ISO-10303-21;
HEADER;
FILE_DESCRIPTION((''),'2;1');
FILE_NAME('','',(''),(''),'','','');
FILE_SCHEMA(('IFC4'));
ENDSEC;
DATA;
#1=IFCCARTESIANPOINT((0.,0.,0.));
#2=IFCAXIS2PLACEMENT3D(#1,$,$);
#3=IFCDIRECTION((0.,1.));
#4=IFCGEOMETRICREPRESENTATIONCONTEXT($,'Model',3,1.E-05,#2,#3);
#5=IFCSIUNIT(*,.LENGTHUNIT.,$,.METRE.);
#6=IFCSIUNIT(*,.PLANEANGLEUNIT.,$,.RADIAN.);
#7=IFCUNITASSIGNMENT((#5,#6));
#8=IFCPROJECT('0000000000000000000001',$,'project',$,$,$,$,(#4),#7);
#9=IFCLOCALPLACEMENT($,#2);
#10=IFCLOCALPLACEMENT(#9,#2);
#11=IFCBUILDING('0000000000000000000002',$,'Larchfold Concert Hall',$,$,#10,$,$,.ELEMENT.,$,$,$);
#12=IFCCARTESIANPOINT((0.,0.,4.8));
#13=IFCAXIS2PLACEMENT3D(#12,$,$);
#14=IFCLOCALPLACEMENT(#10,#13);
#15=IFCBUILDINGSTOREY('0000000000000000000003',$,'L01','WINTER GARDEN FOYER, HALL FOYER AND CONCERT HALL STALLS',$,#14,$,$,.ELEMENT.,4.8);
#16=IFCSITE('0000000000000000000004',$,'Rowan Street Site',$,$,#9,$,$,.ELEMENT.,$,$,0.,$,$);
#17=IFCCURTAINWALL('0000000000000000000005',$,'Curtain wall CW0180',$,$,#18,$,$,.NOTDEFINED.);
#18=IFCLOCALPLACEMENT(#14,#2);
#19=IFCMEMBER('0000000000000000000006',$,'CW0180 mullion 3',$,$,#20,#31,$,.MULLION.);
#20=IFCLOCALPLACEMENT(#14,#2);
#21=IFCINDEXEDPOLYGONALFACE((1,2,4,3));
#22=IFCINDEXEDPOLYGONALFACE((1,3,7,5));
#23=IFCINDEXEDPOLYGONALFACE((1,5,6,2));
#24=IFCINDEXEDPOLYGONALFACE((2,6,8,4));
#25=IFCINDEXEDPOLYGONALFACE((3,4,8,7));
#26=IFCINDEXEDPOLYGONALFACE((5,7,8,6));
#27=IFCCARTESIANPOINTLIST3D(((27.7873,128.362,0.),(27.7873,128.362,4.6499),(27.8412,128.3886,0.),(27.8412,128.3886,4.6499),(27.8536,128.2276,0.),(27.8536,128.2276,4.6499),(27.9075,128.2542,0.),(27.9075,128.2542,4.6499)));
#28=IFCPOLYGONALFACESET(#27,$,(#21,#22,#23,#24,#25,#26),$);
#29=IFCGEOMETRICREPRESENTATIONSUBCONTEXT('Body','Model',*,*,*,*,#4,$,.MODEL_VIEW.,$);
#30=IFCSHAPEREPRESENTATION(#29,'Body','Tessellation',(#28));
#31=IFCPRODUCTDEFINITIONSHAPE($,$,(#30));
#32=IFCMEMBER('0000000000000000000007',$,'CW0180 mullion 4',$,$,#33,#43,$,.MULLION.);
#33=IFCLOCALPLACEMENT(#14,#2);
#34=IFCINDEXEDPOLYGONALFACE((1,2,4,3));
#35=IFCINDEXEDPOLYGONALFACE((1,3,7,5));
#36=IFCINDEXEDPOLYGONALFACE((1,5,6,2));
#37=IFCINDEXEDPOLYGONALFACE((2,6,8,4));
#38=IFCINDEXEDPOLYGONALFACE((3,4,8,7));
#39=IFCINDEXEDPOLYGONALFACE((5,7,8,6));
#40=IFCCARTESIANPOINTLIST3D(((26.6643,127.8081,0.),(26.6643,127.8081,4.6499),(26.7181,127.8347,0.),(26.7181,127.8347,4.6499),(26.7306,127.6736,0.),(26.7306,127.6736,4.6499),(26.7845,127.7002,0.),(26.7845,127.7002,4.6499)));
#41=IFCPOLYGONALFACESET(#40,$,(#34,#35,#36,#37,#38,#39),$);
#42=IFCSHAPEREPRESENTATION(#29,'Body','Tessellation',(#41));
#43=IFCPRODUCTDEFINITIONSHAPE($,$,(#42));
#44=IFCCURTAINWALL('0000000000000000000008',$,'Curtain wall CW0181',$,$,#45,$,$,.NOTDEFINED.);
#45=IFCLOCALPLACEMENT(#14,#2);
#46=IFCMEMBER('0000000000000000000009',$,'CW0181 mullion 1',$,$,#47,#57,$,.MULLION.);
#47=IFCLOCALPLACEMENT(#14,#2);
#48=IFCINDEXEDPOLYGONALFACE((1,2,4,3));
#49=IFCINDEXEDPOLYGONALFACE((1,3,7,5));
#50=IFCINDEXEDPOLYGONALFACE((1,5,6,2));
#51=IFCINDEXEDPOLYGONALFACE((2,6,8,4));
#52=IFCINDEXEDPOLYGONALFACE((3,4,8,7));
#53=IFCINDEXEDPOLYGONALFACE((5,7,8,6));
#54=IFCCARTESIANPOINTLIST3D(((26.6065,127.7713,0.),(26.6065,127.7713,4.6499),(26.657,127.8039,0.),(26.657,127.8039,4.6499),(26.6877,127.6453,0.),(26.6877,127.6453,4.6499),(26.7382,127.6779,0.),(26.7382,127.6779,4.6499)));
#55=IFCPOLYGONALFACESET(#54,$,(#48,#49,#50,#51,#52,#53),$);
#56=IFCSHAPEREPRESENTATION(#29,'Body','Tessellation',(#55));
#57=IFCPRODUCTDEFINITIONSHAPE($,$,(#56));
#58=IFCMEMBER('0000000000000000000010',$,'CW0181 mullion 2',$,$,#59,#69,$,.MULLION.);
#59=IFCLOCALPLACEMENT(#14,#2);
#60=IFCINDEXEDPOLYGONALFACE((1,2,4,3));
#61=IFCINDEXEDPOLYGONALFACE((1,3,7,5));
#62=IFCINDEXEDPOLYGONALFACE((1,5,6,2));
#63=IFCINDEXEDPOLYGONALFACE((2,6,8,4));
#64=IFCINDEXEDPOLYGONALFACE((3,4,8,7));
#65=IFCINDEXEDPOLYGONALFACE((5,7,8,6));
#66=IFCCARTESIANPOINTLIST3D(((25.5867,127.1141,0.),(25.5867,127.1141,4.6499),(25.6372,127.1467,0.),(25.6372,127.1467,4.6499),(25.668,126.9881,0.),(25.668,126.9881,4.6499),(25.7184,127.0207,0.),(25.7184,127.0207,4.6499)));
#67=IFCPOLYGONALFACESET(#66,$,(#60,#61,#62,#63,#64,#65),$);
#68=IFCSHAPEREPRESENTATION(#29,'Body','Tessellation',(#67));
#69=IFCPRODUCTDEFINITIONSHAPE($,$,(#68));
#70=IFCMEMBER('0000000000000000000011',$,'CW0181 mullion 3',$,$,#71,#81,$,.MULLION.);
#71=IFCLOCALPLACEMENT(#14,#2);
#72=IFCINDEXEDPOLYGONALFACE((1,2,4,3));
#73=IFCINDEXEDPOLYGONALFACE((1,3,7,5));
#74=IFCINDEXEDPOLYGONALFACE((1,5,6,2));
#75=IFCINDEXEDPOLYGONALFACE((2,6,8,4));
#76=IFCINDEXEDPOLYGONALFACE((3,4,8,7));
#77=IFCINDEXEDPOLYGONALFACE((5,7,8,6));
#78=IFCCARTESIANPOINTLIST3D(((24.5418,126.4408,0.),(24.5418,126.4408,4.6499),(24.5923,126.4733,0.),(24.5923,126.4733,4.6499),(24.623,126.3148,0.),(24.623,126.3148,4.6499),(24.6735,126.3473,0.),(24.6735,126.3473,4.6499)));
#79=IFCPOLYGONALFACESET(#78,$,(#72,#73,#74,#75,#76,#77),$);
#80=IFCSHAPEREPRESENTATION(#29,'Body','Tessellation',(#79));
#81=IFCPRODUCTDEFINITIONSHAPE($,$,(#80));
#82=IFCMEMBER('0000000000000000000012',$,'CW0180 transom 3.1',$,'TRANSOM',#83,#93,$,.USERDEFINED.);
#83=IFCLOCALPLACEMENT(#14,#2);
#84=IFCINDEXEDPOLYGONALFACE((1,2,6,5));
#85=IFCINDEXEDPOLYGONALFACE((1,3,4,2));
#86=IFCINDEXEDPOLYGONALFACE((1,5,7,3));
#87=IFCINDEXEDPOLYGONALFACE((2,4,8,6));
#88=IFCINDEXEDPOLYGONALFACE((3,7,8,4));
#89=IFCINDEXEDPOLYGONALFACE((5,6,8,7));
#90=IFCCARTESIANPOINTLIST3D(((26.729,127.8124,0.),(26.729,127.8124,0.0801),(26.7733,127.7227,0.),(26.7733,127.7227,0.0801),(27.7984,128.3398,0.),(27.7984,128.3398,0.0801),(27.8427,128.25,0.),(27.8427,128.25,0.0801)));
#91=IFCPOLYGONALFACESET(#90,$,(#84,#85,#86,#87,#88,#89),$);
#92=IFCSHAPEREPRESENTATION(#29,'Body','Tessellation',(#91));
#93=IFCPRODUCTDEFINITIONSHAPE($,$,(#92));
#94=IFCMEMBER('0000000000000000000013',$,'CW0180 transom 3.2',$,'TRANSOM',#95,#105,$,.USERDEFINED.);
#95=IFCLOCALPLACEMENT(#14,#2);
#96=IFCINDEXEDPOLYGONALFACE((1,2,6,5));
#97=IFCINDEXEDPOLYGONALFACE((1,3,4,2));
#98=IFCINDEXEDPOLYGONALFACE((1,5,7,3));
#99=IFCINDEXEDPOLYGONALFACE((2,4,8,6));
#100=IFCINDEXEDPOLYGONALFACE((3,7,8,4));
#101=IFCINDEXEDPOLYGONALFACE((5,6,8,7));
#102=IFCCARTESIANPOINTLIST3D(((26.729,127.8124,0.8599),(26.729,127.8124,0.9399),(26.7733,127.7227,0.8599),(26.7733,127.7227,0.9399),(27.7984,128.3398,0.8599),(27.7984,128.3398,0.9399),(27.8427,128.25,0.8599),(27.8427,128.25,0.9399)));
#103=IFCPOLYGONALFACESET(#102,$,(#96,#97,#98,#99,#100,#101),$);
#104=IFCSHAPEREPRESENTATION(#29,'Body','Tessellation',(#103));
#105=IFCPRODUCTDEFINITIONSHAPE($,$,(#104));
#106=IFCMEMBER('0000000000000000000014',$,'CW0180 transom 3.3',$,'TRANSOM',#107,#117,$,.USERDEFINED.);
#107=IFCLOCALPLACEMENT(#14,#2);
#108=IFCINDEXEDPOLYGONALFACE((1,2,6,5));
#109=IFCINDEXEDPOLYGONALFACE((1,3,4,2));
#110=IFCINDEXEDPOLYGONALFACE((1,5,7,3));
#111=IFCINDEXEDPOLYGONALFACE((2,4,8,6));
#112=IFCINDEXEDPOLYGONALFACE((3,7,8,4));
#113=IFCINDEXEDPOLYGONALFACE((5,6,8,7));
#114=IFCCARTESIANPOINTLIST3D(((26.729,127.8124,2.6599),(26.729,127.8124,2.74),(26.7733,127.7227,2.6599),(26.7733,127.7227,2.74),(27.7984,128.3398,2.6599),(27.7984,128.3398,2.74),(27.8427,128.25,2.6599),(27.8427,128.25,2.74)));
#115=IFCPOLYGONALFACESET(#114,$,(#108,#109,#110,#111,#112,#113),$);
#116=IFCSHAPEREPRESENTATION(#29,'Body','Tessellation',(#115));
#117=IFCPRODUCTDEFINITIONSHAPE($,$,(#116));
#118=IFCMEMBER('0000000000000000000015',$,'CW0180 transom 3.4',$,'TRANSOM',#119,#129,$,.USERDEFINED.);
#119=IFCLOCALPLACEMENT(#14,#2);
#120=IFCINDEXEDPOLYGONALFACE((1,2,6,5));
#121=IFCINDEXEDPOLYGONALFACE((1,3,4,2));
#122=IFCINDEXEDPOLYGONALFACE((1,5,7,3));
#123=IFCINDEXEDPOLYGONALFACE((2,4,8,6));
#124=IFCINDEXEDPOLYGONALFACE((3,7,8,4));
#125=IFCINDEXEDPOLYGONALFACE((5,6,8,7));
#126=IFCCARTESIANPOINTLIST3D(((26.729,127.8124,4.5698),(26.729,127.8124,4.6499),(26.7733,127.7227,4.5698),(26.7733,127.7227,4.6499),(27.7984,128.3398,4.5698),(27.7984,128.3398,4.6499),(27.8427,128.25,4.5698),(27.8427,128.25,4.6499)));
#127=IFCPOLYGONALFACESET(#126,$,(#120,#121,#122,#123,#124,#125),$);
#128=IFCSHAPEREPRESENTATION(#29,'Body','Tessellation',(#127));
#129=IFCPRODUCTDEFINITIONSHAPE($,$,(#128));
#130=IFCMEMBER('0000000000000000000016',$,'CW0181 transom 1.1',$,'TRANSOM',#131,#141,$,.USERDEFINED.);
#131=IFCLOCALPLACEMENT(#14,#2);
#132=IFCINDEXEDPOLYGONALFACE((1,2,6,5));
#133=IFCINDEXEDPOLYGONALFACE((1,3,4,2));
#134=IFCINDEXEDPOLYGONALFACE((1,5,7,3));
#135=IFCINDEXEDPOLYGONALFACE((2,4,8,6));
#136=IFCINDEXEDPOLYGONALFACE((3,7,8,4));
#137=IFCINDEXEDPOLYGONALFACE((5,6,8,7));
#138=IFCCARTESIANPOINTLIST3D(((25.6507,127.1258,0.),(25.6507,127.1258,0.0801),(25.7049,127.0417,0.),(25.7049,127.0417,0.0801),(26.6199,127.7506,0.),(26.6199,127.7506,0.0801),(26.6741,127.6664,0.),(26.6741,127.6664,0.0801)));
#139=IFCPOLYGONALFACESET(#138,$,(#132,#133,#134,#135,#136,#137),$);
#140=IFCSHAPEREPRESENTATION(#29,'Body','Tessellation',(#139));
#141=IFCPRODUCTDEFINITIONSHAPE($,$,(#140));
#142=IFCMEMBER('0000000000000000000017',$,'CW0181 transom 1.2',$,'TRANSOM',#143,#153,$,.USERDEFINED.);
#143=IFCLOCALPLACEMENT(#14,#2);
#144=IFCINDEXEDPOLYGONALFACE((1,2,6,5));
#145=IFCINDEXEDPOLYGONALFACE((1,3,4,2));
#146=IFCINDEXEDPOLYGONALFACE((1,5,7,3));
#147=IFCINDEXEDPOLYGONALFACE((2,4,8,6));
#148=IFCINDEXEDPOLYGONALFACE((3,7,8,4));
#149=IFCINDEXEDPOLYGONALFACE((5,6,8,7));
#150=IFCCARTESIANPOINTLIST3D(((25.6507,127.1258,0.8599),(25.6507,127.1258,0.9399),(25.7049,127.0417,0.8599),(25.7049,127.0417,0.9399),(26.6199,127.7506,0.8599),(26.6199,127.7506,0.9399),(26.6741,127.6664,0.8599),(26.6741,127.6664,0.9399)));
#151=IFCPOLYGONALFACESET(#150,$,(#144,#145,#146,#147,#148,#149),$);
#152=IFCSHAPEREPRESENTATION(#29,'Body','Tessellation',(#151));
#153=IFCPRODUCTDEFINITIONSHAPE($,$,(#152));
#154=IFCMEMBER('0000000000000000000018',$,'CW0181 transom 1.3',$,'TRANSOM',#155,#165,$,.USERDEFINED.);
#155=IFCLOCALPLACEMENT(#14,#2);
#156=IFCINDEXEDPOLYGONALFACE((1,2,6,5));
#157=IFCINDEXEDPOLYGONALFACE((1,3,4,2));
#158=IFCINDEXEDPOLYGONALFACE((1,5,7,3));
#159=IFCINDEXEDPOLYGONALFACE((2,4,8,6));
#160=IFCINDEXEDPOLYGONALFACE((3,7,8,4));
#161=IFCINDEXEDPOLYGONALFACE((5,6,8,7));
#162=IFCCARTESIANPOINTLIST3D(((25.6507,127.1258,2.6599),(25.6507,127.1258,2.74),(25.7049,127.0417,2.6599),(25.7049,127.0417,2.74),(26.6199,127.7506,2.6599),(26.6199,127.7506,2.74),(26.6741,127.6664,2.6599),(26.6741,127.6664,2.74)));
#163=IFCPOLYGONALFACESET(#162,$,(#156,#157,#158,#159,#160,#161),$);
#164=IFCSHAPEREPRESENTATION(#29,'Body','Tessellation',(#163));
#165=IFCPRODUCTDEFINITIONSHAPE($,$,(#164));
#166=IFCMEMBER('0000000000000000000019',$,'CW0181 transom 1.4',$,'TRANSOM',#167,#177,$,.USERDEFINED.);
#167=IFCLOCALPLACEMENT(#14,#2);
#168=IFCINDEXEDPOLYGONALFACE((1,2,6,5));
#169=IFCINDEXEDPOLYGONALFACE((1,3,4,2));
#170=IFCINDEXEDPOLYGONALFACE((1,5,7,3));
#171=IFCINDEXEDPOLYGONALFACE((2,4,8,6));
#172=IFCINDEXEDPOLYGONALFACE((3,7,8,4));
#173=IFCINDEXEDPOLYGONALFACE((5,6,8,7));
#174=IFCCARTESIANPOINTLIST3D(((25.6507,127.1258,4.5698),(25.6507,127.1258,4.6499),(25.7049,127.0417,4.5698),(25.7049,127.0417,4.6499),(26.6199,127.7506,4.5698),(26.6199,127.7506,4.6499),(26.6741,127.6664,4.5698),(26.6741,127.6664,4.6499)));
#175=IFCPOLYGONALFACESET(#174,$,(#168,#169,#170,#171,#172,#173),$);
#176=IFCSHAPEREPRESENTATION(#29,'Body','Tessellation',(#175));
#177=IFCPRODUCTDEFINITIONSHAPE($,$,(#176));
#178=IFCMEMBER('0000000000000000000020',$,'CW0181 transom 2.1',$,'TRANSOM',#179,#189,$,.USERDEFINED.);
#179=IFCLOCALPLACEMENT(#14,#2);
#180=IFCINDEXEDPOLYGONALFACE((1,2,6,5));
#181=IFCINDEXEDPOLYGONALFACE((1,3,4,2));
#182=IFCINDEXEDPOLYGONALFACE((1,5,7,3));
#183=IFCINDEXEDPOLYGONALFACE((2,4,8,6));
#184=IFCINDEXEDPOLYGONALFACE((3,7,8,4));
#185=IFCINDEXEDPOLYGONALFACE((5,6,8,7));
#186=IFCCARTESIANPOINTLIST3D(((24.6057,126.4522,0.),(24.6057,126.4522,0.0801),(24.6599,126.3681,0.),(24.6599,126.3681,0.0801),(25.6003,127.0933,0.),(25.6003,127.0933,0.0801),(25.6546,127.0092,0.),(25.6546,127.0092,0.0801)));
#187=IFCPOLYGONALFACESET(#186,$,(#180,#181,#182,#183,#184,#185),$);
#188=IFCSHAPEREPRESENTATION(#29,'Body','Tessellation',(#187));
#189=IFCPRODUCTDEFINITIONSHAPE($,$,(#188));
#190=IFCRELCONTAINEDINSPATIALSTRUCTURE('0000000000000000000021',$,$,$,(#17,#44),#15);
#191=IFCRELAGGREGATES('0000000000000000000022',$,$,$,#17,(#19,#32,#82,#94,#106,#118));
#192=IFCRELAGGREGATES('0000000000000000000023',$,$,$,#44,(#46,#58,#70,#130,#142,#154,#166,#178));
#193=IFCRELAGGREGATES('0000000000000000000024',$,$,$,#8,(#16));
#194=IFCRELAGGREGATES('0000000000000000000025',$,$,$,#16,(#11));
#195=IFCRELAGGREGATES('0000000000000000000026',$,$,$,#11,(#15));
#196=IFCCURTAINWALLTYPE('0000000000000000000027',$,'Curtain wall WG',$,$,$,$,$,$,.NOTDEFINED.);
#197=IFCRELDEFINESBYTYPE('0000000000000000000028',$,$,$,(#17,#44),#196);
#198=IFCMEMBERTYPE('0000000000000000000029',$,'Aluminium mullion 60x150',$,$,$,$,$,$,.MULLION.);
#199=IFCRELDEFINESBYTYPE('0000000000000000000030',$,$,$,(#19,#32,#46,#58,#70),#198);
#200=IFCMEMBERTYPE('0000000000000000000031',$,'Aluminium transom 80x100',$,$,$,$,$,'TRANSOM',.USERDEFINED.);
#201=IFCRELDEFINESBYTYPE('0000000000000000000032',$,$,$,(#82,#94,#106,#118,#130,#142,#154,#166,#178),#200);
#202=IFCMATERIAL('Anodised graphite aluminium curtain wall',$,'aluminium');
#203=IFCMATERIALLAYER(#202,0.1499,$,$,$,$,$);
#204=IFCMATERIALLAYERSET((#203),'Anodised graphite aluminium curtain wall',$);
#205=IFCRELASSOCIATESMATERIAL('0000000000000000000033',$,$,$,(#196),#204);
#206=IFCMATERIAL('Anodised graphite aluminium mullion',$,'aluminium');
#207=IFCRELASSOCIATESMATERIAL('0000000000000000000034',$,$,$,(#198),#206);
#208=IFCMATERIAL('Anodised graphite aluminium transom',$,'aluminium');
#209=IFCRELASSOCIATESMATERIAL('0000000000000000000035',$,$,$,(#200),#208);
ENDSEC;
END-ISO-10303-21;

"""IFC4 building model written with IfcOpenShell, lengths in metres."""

from ifc_helpers import new_model, si_unit, direction, frame, origin, origin_2d, place, context, subcontext, project, spatial, rectangle, extrude, material, layer, layer_set, material_profile, profile_set, type_object, element, aggregate, save


model = new_model("IFC4")

# Units and contexts
model_context = context("Model", 3, precision=1e-05, world=origin(), true_north=direction((0.0, 1.0)))
body_context = subcontext(model_context, "Body", "Model", "MODEL_VIEW")
ifc_project = project(units=[si_unit("LENGTHUNIT", "METRE"), si_unit("PLANEANGLEUNIT", "RADIAN")], contexts=[model_context])

# Site, building, storey
site_placement = place(None, origin())
site = spatial("IfcSite", under=ifc_project, at=site_placement, Name="Rowan Street Site", CompositionType="ELEMENT", RefElevation=0.0)
building_placement = place(site_placement, origin())
building = spatial("IfcBuilding", under=site, at=building_placement, Name="Larchfold Concert Hall", CompositionType="ELEMENT")
storey_placement = place(building_placement, frame((0.0, 0.0, 4.8)))
storey = spatial("IfcBuildingStorey", under=building, at=storey_placement, Name="L01", Description="WINTER GARDEN FOYER, HALL FOYER AND CONCERT HALL STALLS", CompositionType="ELEMENT", Elevation=4.8)

# Curtain walls, members
ifc_material_1 = material(Name="Anodised graphite aluminium curtain wall", Category="aluminium")
ifc_layer_1 = layer(ifc_material_1, 0.1499)
ifc_layer_set_1 = layer_set([ifc_layer_1], Name="Anodised graphite aluminium curtain wall")
curtain_wall_type = type_object("IfcCurtainWallType", Name="Curtain wall WG", PredefinedType="NOTDEFINED", material=ifc_layer_set_1)
curtain_wall_1_placement = place(storey_placement, origin())
curtain_wall_1 = element("IfcCurtainWall", 1, at=curtain_wall_1_placement, inside=storey, type_object=curtain_wall_type, Name="Curtain wall CW0180", PredefinedType="NOTDEFINED")
ifc_material_2 = material(Name="Anodised graphite aluminium mullion", Category="aluminium")
ifc_material_profile_1 = material_profile(ifc_material_2, rectangle(XDim=0.1499, YDim=0.0601, at=origin_2d()))
ifc_profile_set_1 = profile_set([ifc_material_profile_1], Name="Anodised graphite aluminium mullion")
member_type_1 = type_object("IfcMemberType", Name="Aluminium mullion 60x150", PredefinedType="MULLION", material=ifc_profile_set_1)
member_1_placement = place(storey_placement, frame((27.8474, 128.3081, 0.0), z_axis=(0.0, 0.0, 1.0), x_axis=(0.442383, -0.896826, 0.0)))
member_1 = element("IfcMember", 2, at=member_1_placement, type_object=member_type_1, Name="CW0180 mullion 3", PredefinedType="MULLION", context=body_context, shape_type="SweptSolid", body=[
    extrude(rectangle(XDim=0.1499, YDim=0.0601, at=origin_2d()), origin(), (0.0, 0.0, 1.0), 4.6499),
])
member_2_placement = place(storey_placement, frame((26.7244, 127.7542, 0.0), z_axis=(0.0, 0.0, 1.0), x_axis=(0.442383, -0.896826, 0.0)))
member_2 = element("IfcMember", 3, at=member_2_placement, type_object=member_type_1, Name="CW0180 mullion 4", PredefinedType="MULLION", context=body_context, shape_type="SweptSolid", body=[
    extrude(rectangle(XDim=0.1499, YDim=0.0601, at=origin_2d()), origin(), (0.0, 0.0, 1.0), 4.6499),
])
curtain_wall_2_placement = place(storey_placement, origin())
curtain_wall_2 = element("IfcCurtainWall", 4, at=curtain_wall_2_placement, inside=storey, type_object=curtain_wall_type, Name="Curtain wall CW0181", PredefinedType="NOTDEFINED")
member_3_placement = place(storey_placement, frame((26.6724, 127.7246, 0.0), z_axis=(0.0, 0.0, 1.0), x_axis=(0.541763, -0.840531, 0.0)))
member_3 = element("IfcMember", 5, at=member_3_placement, type_object=member_type_1, Name="CW0181 mullion 1", PredefinedType="MULLION", context=body_context, shape_type="SweptSolid", body=[
    extrude(rectangle(XDim=0.1499, YDim=0.0601, at=origin_2d()), origin(), (0.0, 0.0, 1.0), 4.6499),
])
member_4_placement = place(storey_placement, frame((25.6526, 127.0674, 0.0), z_axis=(0.0, 0.0, 1.0), x_axis=(0.541763, -0.840531, 0.0)))
member_4 = element("IfcMember", 6, at=member_4_placement, type_object=member_type_1, Name="CW0181 mullion 2", PredefinedType="MULLION", context=body_context, shape_type="SweptSolid", body=[
    extrude(rectangle(XDim=0.1499, YDim=0.0601, at=origin_2d()), origin(), (0.0, 0.0, 1.0), 4.6499),
])
member_5_placement = place(storey_placement, frame((24.6077, 126.394, 0.0), z_axis=(0.0, 0.0, 1.0), x_axis=(0.541763, -0.840531, 0.0)))
member_5 = element("IfcMember", 7, at=member_5_placement, type_object=member_type_1, Name="CW0181 mullion 3", PredefinedType="MULLION", context=body_context, shape_type="SweptSolid", body=[
    extrude(rectangle(XDim=0.1499, YDim=0.0601, at=origin_2d()), origin(), (0.0, 0.0, 1.0), 4.6499),
])

# Members
ifc_material_3 = material(Name="Anodised graphite aluminium transom", Category="aluminium")
ifc_material_profile_2 = material_profile(ifc_material_3, rectangle(XDim=0.1001, YDim=0.0801, at=origin_2d()))
ifc_profile_set_2 = profile_set([ifc_material_profile_2], Name="Anodised graphite aluminium transom")
member_type_2 = type_object("IfcMemberType", Name="Aluminium transom 80x100", ElementType="TRANSOM", PredefinedType="USERDEFINED", material=ifc_profile_set_2)
member_6_placement = place(storey_placement, frame((27.8206, 128.2949, 0.04), z_axis=(-0.896871, -0.442292, 0.0), x_axis=(0.442292, -0.896871, 0.0)))
member_6 = element("IfcMember", 8, at=member_6_placement, type_object=member_type_2, Name="CW0180 transom 3.1", ObjectType="TRANSOM", PredefinedType="USERDEFINED", context=body_context, shape_type="SweptSolid", body=[
    extrude(rectangle(XDim=0.1001, YDim=0.0801, at=origin_2d()), origin(), (0.0, 0.0, 1.0), 1.1924),
])
member_7_placement = place(storey_placement, frame((27.8206, 128.2949, 0.8999), z_axis=(-0.896871, -0.442292, 0.0), x_axis=(0.442292, -0.896871, 0.0)))
member_7 = element("IfcMember", 9, at=member_7_placement, type_object=member_type_2, Name="CW0180 transom 3.2", ObjectType="TRANSOM", PredefinedType="USERDEFINED", context=body_context, shape_type="SweptSolid", body=[
    extrude(rectangle(XDim=0.1001, YDim=0.0801, at=origin_2d()), origin(), (0.0, 0.0, 1.0), 1.1924),
])
member_8_placement = place(storey_placement, frame((27.8206, 128.2949, 2.7), z_axis=(-0.896871, -0.442292, 0.0), x_axis=(0.442292, -0.896871, 0.0)))
member_8 = element("IfcMember", 10, at=member_8_placement, type_object=member_type_2, Name="CW0180 transom 3.3", ObjectType="TRANSOM", PredefinedType="USERDEFINED", context=body_context, shape_type="SweptSolid", body=[
    extrude(rectangle(XDim=0.1001, YDim=0.0801, at=origin_2d()), origin(), (0.0, 0.0, 1.0), 1.1924),
])
member_9_placement = place(storey_placement, frame((27.8206, 128.2949, 4.6099), z_axis=(-0.896871, -0.442292, 0.0), x_axis=(0.442292, -0.896871, 0.0)))
member_9 = element("IfcMember", 11, at=member_9_placement, type_object=member_type_2, Name="CW0180 transom 3.4", ObjectType="TRANSOM", PredefinedType="USERDEFINED", context=body_context, shape_type="SweptSolid", body=[
    extrude(rectangle(XDim=0.1001, YDim=0.0801, at=origin_2d()), origin(), (0.0, 0.0, 1.0), 1.1924),
])
member_10_placement = place(storey_placement, frame((26.647, 127.7085, 0.04), z_axis=(-0.840517, -0.541784, 0.0), x_axis=(0.541784, -0.840517, 0.0)))
member_10 = element("IfcMember", 12, at=member_10_placement, type_object=member_type_2, Name="CW0181 transom 1.1", ObjectType="TRANSOM", PredefinedType="USERDEFINED", context=body_context, shape_type="SweptSolid", body=[
    extrude(rectangle(XDim=0.1001, YDim=0.0801, at=origin_2d()), origin(), (0.0, 0.0, 1.0), 1.1531),
])
member_11_placement = place(storey_placement, frame((26.647, 127.7085, 0.8999), z_axis=(-0.840517, -0.541784, 0.0), x_axis=(0.541784, -0.840517, 0.0)))
member_11 = element("IfcMember", 13, at=member_11_placement, type_object=member_type_2, Name="CW0181 transom 1.2", ObjectType="TRANSOM", PredefinedType="USERDEFINED", context=body_context, shape_type="SweptSolid", body=[
    extrude(rectangle(XDim=0.1001, YDim=0.0801, at=origin_2d()), origin(), (0.0, 0.0, 1.0), 1.1531),
])
member_12_placement = place(storey_placement, frame((26.647, 127.7085, 2.7), z_axis=(-0.840517, -0.541784, 0.0), x_axis=(0.541784, -0.840517, 0.0)))
member_12 = element("IfcMember", 14, at=member_12_placement, type_object=member_type_2, Name="CW0181 transom 1.3", ObjectType="TRANSOM", PredefinedType="USERDEFINED", context=body_context, shape_type="SweptSolid", body=[
    extrude(rectangle(XDim=0.1001, YDim=0.0801, at=origin_2d()), origin(), (0.0, 0.0, 1.0), 1.1531),
])
member_13_placement = place(storey_placement, frame((26.647, 127.7085, 4.6099), z_axis=(-0.840517, -0.541784, 0.0), x_axis=(0.541784, -0.840517, 0.0)))
member_13 = element("IfcMember", 15, at=member_13_placement, type_object=member_type_2, Name="CW0181 transom 1.4", ObjectType="TRANSOM", PredefinedType="USERDEFINED", context=body_context, shape_type="SweptSolid", body=[
    extrude(rectangle(XDim=0.1001, YDim=0.0801, at=origin_2d()), origin(), (0.0, 0.0, 1.0), 1.1531),
])
member_14_placement = place(storey_placement, frame((25.6274, 127.0513, 0.04), z_axis=(-0.840521, -0.541779, 0.0), x_axis=(0.541779, -0.840521, 0.0)))
member_14 = element("IfcMember", 16, at=member_14_placement, type_object=member_type_2, Name="CW0181 transom 2.1", ObjectType="TRANSOM", PredefinedType="USERDEFINED", context=body_context, shape_type="SweptSolid", body=[
    extrude(rectangle(XDim=0.1001, YDim=0.0801, at=origin_2d()), origin(), (0.0, 0.0, 1.0), 1.1833),
])

aggregate(curtain_wall_1, [member_1, member_2, member_6, member_7, member_8, member_9])
aggregate(curtain_wall_2, [member_3, member_4, member_5, member_10, member_11, member_12, member_13, member_14])

save(model, "model.ifc")
